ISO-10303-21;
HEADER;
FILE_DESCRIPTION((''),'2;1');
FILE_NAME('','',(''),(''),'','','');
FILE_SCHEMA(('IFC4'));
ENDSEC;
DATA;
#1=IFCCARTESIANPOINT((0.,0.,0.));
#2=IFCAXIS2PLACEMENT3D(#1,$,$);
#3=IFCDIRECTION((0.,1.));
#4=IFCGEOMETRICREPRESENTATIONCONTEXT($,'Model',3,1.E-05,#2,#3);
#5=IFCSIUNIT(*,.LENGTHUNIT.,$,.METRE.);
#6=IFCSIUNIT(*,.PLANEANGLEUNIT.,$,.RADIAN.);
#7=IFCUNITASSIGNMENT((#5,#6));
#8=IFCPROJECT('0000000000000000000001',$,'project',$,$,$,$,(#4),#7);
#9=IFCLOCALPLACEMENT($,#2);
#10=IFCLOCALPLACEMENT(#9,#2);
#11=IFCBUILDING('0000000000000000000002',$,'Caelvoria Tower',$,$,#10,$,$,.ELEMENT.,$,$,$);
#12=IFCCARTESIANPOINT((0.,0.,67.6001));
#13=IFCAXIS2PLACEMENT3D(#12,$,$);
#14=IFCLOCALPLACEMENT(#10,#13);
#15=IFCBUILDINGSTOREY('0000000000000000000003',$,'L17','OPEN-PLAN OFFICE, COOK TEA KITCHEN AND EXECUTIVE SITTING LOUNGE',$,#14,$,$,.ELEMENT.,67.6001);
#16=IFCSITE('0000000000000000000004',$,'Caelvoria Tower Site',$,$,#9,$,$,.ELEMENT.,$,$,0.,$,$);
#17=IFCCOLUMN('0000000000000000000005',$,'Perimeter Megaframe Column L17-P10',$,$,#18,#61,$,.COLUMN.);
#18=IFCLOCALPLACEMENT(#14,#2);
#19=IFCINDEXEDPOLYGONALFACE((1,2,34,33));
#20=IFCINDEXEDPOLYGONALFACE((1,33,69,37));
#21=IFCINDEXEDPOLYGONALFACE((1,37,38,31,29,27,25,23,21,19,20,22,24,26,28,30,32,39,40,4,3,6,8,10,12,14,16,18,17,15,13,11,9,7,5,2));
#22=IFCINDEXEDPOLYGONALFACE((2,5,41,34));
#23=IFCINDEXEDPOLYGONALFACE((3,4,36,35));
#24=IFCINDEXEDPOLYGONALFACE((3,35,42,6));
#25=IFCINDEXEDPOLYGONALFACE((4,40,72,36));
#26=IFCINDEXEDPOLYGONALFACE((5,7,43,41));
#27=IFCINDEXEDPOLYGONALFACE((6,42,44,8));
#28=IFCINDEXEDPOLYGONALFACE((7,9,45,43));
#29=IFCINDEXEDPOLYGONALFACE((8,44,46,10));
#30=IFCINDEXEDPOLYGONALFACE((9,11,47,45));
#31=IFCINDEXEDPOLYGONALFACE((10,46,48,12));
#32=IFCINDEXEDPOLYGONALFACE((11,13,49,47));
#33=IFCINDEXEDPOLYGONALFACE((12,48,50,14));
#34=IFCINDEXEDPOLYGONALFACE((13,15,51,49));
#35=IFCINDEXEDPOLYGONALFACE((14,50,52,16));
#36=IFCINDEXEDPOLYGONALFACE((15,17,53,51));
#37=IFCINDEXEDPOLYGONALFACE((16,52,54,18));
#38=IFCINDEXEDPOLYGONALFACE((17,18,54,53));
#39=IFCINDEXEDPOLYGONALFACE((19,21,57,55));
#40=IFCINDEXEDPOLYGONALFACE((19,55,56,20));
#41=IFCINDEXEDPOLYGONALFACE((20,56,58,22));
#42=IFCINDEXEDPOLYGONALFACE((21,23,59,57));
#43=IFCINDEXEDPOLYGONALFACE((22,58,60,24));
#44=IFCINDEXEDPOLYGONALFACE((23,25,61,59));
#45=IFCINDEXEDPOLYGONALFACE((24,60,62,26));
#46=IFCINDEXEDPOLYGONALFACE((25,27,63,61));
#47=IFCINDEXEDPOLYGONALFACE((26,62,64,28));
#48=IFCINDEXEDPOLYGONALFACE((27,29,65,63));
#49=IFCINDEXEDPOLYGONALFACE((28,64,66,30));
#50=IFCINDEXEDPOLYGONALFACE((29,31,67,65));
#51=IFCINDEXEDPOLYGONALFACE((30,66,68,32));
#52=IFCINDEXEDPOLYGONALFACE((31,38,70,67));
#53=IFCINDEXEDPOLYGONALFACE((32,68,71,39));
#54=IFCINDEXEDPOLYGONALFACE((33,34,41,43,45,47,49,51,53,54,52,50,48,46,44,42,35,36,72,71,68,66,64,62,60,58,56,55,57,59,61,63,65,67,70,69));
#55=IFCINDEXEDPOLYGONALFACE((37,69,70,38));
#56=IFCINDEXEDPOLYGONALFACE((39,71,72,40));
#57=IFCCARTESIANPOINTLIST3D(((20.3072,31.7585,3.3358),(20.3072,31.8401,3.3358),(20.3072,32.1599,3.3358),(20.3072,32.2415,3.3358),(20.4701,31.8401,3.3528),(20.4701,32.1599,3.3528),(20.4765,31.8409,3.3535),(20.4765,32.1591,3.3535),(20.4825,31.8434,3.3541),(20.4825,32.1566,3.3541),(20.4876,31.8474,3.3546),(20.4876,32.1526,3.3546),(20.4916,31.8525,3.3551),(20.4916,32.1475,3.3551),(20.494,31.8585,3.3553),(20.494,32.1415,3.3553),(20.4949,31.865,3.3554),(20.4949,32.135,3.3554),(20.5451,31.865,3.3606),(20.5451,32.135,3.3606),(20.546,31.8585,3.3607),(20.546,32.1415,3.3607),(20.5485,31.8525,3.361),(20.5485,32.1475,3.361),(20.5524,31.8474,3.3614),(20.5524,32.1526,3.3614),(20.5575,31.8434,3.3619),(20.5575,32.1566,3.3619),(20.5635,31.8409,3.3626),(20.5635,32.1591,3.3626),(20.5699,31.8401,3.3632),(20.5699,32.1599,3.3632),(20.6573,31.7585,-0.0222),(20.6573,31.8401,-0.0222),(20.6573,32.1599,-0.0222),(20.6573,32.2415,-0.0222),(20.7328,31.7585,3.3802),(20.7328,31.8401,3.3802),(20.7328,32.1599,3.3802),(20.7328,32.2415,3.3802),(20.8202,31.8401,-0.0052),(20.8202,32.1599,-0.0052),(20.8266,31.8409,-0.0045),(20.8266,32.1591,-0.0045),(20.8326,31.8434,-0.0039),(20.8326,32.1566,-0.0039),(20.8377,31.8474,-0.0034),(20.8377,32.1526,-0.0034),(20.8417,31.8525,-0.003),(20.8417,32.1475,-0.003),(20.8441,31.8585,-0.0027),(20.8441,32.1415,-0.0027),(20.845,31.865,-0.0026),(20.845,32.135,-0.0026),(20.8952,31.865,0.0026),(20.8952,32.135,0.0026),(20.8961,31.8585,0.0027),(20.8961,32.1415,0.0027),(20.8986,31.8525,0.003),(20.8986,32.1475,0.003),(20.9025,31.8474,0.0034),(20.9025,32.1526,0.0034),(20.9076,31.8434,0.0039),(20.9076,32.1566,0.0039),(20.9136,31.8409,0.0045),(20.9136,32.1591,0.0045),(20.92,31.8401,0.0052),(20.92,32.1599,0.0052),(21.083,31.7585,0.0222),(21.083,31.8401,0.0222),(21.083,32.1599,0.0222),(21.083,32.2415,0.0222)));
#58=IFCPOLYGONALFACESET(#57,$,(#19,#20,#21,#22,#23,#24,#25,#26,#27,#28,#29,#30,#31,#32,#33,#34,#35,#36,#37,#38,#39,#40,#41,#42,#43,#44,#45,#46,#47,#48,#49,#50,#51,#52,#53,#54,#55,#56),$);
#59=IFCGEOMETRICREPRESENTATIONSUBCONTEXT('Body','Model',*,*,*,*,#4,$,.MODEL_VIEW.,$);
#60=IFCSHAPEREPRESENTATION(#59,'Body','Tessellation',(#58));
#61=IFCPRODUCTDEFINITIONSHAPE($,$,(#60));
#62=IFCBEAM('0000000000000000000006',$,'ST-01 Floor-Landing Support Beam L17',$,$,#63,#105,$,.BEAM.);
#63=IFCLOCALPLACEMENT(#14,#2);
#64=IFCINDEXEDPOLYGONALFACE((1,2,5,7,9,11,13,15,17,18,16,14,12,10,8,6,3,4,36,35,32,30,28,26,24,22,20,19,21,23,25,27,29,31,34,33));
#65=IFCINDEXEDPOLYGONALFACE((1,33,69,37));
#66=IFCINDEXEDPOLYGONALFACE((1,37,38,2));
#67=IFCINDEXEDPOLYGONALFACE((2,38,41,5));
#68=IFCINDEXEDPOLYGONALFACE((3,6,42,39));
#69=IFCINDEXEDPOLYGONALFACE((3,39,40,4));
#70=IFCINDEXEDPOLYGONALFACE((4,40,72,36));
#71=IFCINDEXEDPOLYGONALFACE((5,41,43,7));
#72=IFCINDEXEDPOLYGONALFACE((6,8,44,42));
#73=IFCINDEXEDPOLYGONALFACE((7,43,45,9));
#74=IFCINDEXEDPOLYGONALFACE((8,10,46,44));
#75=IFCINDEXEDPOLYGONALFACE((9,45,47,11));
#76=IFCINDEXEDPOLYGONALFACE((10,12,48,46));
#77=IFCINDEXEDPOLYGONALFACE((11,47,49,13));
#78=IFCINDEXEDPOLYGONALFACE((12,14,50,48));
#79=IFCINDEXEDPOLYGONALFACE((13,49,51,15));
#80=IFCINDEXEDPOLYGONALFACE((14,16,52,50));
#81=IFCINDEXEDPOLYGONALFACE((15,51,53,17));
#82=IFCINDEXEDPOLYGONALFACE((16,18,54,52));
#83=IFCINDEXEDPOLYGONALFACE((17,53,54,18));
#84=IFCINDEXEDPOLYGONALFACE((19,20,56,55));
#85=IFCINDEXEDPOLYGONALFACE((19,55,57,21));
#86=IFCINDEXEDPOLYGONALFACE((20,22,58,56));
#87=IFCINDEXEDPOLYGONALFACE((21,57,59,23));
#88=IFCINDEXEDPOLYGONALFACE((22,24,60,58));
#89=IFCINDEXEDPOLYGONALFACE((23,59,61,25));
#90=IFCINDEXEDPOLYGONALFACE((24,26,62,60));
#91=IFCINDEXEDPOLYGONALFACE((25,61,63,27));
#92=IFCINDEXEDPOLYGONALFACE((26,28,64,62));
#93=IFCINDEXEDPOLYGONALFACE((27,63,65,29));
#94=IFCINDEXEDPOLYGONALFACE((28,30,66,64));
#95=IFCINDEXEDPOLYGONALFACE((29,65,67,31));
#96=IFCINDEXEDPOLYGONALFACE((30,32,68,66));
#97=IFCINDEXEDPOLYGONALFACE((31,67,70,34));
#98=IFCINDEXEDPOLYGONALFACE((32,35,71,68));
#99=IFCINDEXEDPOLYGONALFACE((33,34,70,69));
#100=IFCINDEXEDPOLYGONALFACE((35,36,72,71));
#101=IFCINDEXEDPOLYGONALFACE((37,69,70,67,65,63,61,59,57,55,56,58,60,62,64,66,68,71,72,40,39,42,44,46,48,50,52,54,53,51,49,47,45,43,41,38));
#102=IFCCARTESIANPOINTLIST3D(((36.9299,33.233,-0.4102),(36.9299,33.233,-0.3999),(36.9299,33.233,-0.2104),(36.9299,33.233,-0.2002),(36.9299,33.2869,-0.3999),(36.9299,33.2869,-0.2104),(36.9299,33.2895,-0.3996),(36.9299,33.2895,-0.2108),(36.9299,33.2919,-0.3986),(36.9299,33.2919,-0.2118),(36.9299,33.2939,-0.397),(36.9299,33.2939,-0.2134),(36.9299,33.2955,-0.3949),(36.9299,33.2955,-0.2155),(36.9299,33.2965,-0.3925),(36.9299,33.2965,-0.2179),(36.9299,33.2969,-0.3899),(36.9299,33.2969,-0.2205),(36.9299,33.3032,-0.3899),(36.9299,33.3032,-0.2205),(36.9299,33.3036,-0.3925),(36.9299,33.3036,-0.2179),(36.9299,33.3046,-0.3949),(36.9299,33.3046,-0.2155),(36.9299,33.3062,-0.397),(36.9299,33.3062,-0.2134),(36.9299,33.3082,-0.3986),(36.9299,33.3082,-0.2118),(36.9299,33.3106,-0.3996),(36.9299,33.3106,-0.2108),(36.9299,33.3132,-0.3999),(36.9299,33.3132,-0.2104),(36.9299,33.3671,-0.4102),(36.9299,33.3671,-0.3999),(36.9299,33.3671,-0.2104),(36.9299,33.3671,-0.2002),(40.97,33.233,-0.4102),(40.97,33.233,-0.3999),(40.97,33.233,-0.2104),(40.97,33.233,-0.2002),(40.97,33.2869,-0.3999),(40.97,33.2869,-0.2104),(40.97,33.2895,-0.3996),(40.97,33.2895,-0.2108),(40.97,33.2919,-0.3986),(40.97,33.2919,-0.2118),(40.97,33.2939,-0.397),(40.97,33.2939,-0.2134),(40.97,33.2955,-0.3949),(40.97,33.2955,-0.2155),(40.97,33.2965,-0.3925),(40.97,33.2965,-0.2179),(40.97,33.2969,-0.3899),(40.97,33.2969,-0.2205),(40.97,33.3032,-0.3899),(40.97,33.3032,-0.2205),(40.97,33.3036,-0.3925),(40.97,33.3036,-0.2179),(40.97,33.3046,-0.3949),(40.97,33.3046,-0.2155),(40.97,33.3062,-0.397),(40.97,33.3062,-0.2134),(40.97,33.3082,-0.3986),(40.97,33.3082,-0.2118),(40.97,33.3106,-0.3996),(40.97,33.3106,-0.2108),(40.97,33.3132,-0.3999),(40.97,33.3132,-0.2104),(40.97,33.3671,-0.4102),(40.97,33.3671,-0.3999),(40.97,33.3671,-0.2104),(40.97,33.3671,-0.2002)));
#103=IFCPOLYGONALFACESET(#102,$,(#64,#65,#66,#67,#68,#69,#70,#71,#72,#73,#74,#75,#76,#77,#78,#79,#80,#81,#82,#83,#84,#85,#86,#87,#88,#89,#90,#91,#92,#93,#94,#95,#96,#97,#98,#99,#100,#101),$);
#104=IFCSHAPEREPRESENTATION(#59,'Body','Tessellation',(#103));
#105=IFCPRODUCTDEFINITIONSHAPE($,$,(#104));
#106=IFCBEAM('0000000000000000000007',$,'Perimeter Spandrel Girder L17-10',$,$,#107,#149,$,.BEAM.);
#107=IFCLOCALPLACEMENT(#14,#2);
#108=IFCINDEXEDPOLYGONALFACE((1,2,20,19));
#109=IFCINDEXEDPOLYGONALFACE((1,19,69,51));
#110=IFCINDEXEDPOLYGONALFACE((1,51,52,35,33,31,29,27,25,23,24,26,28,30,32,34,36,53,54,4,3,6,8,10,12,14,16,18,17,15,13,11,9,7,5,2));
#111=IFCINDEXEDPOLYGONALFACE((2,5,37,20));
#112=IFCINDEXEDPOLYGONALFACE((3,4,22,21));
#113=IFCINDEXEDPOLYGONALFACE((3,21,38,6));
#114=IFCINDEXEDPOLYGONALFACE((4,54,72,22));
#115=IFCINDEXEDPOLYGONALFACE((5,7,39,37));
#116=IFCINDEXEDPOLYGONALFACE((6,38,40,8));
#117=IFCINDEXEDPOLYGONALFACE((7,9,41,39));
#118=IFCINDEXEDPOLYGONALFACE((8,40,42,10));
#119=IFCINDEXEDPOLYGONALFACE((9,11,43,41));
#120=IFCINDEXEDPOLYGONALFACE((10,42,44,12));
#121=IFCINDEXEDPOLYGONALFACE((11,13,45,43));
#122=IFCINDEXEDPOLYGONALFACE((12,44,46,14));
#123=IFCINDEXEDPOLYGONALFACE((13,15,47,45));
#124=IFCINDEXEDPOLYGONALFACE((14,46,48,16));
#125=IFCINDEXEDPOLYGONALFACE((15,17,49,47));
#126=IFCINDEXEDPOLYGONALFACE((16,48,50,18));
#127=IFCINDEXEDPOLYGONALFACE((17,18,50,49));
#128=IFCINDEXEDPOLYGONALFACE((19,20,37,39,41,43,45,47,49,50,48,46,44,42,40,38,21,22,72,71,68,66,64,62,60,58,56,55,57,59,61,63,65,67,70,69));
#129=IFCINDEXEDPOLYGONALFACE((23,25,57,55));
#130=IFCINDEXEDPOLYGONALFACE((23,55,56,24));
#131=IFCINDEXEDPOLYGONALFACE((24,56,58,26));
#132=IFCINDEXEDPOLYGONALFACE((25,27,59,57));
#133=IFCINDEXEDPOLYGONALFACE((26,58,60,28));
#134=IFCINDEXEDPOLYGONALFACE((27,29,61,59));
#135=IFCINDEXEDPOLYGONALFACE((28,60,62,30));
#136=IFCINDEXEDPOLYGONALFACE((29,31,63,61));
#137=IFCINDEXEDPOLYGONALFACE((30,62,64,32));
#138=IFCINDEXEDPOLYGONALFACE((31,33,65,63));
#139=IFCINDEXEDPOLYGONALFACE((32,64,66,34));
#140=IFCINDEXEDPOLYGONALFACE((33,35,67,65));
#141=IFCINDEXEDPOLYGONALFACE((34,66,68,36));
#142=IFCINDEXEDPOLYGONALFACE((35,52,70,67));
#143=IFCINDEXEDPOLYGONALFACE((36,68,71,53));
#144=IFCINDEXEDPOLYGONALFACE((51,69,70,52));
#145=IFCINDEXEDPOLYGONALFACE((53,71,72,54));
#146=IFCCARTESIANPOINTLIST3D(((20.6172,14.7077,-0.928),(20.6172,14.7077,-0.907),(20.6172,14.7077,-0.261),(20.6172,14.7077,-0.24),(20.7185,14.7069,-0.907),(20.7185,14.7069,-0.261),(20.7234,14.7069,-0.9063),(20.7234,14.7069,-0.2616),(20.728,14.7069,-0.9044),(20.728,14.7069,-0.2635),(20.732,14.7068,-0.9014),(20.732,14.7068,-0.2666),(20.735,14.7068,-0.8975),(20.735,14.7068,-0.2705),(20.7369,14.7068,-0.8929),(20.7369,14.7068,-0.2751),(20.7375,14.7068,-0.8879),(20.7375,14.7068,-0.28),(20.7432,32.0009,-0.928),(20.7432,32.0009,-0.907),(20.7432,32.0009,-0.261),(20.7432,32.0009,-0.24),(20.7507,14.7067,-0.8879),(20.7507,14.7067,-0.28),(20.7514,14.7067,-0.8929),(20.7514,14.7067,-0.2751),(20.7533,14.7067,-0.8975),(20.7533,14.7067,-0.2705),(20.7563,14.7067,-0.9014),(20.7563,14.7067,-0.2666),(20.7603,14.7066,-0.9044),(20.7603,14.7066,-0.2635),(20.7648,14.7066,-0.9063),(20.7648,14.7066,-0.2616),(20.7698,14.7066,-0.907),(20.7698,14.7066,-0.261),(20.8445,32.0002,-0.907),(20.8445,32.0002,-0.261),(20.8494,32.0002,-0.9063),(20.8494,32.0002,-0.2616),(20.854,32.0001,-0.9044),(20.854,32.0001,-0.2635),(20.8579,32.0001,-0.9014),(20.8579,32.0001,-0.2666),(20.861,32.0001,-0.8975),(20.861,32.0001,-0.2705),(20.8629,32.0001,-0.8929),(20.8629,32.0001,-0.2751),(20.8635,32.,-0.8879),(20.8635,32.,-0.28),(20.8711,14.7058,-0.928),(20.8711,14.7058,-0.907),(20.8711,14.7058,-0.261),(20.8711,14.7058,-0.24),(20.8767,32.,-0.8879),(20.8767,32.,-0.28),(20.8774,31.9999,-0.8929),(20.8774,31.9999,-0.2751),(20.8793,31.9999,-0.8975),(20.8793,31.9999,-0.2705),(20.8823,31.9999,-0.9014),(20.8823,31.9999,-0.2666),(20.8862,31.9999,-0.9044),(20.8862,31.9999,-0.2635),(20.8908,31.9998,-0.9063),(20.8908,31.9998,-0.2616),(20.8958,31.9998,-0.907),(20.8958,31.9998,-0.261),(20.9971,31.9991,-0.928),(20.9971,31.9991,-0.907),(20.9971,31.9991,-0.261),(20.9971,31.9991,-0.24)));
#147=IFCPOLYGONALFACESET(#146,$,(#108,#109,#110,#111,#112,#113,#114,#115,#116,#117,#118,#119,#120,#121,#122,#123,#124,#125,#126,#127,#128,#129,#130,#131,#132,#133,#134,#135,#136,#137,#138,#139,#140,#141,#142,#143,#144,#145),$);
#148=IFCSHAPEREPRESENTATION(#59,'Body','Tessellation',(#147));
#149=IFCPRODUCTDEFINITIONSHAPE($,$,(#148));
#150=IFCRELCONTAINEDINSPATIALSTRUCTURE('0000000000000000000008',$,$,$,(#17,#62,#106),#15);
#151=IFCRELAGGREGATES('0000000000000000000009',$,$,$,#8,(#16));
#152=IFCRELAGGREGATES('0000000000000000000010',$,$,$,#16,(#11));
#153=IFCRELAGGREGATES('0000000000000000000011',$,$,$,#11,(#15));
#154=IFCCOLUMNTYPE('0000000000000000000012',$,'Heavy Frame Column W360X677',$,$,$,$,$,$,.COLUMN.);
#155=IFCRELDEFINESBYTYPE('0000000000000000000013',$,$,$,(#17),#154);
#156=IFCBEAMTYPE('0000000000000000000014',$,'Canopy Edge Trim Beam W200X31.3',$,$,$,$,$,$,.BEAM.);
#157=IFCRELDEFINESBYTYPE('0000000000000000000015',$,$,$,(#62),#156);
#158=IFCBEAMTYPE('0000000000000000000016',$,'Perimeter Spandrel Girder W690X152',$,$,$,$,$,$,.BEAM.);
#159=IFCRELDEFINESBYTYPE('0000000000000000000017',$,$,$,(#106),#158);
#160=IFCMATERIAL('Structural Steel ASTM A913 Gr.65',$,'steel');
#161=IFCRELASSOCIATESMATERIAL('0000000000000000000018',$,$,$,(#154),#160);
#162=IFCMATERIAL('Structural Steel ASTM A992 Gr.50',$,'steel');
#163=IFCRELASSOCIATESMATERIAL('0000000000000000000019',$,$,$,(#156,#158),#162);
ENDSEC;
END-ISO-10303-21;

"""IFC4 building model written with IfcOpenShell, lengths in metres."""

from ifc_helpers import new_model, si_unit, direction, frame, origin, origin_2d, place, context, subcontext, project, spatial, i_section, extrude, material, material_profile, profile_set, type_object, element, save


model = new_model("IFC4")

# Units and contexts
model_context = context("Model", 3, precision=1e-05, world=origin(), true_north=direction((0.0, 1.0)))
body_context = subcontext(model_context, "Body", "Model", "MODEL_VIEW")
ifc_project = project(units=[si_unit("LENGTHUNIT", "METRE"), si_unit("PLANEANGLEUNIT", "RADIAN")], contexts=[model_context])

# Site, building, storey
site_placement = place(None, origin())
site = spatial("IfcSite", under=ifc_project, at=site_placement, Name="Caelvoria Tower Site", CompositionType="ELEMENT", RefElevation=0.0)
building_placement = place(site_placement, origin())
building = spatial("IfcBuilding", under=site, at=building_placement, Name="Caelvoria Tower", CompositionType="ELEMENT")
storey_placement = place(building_placement, frame((0.0, 0.0, 67.6001)))
storey = spatial("IfcBuildingStorey", under=building, at=storey_placement, Name="L17", Description="OPEN-PLAN OFFICE, COOK TEA KITCHEN AND EXECUTIVE SITTING LOUNGE", CompositionType="ELEMENT", Elevation=67.6001)

# Column
ifc_material_1 = material(Name="Structural Steel ASTM A913 Gr.65", Category="steel")
ifc_material_profile_1 = material_profile(ifc_material_1, i_section(OverallWidth=0.428, OverallDepth=0.4829, WebThickness=0.0505, FlangeThickness=0.0815, FilletRadius=0.0249, at=origin_2d()), Name="Structural Steel ASTM A913 Gr.65")
ifc_profile_set_1 = profile_set([ifc_material_profile_1], Name="W360X677 - Structural Steel ASTM A913 Gr.65")
column_type = type_object("IfcColumnType", Name="Heavy Frame Column W360X677", PredefinedType="COLUMN", material=ifc_profile_set_1)
column_placement = place(storey_placement, frame((20.8701, 32.0, 0.0), z_axis=(-0.103698, 0.0, 0.994609), x_axis=(0.994609, 0.0, 0.103698)))
element("IfcColumn", 1, at=column_placement, inside=storey, type_object=column_type, Name="Perimeter Megaframe Column L17-P10", PredefinedType="COLUMN", context=body_context, shape_type="SweptSolid", body=[
    extrude(i_section(OverallWidth=0.428, OverallDepth=0.4829, WebThickness=0.0505, FlangeThickness=0.0815, FilletRadius=0.0249, at=origin_2d()), origin(), (0.0, 0.0, 1.0), 3.3762),
])

# Beams
ifc_material_2 = material(Name="Structural Steel ASTM A992 Gr.50", Category="steel")
ifc_material_profile_2 = material_profile(ifc_material_2, i_section(OverallWidth=0.134, OverallDepth=0.21, WebThickness=0.0063, FlangeThickness=0.0103, FilletRadius=0.01, at=origin_2d()), Name="Structural Steel ASTM A992 Gr.50")
ifc_profile_set_2 = profile_set([ifc_material_profile_2], Name="W200X31.3 - Structural Steel ASTM A992 Gr.50")
beam_type_1 = type_object("IfcBeamType", Name="Canopy Edge Trim Beam W200X31.3", PredefinedType="BEAM", material=ifc_profile_set_2)
beam_1_placement = place(storey_placement, frame((36.9299, 33.3, -0.3052), z_axis=(1.0, 0.0, 0.0), x_axis=(0.0, 1.0, 0.0)))
element("IfcBeam", 2, at=beam_1_placement, inside=storey, type_object=beam_type_1, Name="ST-01 Floor-Landing Support Beam L17", PredefinedType="BEAM", context=body_context, shape_type="SweptSolid", body=[
    extrude(i_section(OverallWidth=0.134, OverallDepth=0.21, WebThickness=0.0063, FlangeThickness=0.0103, FilletRadius=0.01, at=origin_2d()), origin(), (0.0, 0.0, 1.0), 4.04),
])
ifc_material_profile_3 = material_profile(ifc_material_2, i_section(OverallWidth=0.2539, OverallDepth=0.688, WebThickness=0.0132, FlangeThickness=0.021, FilletRadius=0.019, at=origin_2d()), Name="Structural Steel ASTM A992 Gr.50")
ifc_profile_set_3 = profile_set([ifc_material_profile_3], Name="W690X152 - Structural Steel ASTM A992 Gr.50")
beam_type_2 = type_object("IfcBeamType", Name="Perimeter Spandrel Girder W690X152", PredefinedType="BEAM", material=ifc_profile_set_3)
beam_2_placement = place(storey_placement, frame((20.8701, 32.0, -0.584), z_axis=(-0.007285, -0.999973, 0.0), x_axis=(0.999973, -0.007285, 0.0)))
element("IfcBeam", 3, at=beam_2_placement, inside=storey, type_object=beam_type_2, Name="Perimeter Spandrel Girder L17-10", PredefinedType="BEAM", context=body_context, shape_type="SweptSolid", body=[
    extrude(i_section(OverallWidth=0.2539, OverallDepth=0.688, WebThickness=0.0132, FlangeThickness=0.021, FilletRadius=0.019, at=origin_2d()), origin(), (0.0, 0.0, 1.0), 17.2937),
])

save(model, "model.ifc")
